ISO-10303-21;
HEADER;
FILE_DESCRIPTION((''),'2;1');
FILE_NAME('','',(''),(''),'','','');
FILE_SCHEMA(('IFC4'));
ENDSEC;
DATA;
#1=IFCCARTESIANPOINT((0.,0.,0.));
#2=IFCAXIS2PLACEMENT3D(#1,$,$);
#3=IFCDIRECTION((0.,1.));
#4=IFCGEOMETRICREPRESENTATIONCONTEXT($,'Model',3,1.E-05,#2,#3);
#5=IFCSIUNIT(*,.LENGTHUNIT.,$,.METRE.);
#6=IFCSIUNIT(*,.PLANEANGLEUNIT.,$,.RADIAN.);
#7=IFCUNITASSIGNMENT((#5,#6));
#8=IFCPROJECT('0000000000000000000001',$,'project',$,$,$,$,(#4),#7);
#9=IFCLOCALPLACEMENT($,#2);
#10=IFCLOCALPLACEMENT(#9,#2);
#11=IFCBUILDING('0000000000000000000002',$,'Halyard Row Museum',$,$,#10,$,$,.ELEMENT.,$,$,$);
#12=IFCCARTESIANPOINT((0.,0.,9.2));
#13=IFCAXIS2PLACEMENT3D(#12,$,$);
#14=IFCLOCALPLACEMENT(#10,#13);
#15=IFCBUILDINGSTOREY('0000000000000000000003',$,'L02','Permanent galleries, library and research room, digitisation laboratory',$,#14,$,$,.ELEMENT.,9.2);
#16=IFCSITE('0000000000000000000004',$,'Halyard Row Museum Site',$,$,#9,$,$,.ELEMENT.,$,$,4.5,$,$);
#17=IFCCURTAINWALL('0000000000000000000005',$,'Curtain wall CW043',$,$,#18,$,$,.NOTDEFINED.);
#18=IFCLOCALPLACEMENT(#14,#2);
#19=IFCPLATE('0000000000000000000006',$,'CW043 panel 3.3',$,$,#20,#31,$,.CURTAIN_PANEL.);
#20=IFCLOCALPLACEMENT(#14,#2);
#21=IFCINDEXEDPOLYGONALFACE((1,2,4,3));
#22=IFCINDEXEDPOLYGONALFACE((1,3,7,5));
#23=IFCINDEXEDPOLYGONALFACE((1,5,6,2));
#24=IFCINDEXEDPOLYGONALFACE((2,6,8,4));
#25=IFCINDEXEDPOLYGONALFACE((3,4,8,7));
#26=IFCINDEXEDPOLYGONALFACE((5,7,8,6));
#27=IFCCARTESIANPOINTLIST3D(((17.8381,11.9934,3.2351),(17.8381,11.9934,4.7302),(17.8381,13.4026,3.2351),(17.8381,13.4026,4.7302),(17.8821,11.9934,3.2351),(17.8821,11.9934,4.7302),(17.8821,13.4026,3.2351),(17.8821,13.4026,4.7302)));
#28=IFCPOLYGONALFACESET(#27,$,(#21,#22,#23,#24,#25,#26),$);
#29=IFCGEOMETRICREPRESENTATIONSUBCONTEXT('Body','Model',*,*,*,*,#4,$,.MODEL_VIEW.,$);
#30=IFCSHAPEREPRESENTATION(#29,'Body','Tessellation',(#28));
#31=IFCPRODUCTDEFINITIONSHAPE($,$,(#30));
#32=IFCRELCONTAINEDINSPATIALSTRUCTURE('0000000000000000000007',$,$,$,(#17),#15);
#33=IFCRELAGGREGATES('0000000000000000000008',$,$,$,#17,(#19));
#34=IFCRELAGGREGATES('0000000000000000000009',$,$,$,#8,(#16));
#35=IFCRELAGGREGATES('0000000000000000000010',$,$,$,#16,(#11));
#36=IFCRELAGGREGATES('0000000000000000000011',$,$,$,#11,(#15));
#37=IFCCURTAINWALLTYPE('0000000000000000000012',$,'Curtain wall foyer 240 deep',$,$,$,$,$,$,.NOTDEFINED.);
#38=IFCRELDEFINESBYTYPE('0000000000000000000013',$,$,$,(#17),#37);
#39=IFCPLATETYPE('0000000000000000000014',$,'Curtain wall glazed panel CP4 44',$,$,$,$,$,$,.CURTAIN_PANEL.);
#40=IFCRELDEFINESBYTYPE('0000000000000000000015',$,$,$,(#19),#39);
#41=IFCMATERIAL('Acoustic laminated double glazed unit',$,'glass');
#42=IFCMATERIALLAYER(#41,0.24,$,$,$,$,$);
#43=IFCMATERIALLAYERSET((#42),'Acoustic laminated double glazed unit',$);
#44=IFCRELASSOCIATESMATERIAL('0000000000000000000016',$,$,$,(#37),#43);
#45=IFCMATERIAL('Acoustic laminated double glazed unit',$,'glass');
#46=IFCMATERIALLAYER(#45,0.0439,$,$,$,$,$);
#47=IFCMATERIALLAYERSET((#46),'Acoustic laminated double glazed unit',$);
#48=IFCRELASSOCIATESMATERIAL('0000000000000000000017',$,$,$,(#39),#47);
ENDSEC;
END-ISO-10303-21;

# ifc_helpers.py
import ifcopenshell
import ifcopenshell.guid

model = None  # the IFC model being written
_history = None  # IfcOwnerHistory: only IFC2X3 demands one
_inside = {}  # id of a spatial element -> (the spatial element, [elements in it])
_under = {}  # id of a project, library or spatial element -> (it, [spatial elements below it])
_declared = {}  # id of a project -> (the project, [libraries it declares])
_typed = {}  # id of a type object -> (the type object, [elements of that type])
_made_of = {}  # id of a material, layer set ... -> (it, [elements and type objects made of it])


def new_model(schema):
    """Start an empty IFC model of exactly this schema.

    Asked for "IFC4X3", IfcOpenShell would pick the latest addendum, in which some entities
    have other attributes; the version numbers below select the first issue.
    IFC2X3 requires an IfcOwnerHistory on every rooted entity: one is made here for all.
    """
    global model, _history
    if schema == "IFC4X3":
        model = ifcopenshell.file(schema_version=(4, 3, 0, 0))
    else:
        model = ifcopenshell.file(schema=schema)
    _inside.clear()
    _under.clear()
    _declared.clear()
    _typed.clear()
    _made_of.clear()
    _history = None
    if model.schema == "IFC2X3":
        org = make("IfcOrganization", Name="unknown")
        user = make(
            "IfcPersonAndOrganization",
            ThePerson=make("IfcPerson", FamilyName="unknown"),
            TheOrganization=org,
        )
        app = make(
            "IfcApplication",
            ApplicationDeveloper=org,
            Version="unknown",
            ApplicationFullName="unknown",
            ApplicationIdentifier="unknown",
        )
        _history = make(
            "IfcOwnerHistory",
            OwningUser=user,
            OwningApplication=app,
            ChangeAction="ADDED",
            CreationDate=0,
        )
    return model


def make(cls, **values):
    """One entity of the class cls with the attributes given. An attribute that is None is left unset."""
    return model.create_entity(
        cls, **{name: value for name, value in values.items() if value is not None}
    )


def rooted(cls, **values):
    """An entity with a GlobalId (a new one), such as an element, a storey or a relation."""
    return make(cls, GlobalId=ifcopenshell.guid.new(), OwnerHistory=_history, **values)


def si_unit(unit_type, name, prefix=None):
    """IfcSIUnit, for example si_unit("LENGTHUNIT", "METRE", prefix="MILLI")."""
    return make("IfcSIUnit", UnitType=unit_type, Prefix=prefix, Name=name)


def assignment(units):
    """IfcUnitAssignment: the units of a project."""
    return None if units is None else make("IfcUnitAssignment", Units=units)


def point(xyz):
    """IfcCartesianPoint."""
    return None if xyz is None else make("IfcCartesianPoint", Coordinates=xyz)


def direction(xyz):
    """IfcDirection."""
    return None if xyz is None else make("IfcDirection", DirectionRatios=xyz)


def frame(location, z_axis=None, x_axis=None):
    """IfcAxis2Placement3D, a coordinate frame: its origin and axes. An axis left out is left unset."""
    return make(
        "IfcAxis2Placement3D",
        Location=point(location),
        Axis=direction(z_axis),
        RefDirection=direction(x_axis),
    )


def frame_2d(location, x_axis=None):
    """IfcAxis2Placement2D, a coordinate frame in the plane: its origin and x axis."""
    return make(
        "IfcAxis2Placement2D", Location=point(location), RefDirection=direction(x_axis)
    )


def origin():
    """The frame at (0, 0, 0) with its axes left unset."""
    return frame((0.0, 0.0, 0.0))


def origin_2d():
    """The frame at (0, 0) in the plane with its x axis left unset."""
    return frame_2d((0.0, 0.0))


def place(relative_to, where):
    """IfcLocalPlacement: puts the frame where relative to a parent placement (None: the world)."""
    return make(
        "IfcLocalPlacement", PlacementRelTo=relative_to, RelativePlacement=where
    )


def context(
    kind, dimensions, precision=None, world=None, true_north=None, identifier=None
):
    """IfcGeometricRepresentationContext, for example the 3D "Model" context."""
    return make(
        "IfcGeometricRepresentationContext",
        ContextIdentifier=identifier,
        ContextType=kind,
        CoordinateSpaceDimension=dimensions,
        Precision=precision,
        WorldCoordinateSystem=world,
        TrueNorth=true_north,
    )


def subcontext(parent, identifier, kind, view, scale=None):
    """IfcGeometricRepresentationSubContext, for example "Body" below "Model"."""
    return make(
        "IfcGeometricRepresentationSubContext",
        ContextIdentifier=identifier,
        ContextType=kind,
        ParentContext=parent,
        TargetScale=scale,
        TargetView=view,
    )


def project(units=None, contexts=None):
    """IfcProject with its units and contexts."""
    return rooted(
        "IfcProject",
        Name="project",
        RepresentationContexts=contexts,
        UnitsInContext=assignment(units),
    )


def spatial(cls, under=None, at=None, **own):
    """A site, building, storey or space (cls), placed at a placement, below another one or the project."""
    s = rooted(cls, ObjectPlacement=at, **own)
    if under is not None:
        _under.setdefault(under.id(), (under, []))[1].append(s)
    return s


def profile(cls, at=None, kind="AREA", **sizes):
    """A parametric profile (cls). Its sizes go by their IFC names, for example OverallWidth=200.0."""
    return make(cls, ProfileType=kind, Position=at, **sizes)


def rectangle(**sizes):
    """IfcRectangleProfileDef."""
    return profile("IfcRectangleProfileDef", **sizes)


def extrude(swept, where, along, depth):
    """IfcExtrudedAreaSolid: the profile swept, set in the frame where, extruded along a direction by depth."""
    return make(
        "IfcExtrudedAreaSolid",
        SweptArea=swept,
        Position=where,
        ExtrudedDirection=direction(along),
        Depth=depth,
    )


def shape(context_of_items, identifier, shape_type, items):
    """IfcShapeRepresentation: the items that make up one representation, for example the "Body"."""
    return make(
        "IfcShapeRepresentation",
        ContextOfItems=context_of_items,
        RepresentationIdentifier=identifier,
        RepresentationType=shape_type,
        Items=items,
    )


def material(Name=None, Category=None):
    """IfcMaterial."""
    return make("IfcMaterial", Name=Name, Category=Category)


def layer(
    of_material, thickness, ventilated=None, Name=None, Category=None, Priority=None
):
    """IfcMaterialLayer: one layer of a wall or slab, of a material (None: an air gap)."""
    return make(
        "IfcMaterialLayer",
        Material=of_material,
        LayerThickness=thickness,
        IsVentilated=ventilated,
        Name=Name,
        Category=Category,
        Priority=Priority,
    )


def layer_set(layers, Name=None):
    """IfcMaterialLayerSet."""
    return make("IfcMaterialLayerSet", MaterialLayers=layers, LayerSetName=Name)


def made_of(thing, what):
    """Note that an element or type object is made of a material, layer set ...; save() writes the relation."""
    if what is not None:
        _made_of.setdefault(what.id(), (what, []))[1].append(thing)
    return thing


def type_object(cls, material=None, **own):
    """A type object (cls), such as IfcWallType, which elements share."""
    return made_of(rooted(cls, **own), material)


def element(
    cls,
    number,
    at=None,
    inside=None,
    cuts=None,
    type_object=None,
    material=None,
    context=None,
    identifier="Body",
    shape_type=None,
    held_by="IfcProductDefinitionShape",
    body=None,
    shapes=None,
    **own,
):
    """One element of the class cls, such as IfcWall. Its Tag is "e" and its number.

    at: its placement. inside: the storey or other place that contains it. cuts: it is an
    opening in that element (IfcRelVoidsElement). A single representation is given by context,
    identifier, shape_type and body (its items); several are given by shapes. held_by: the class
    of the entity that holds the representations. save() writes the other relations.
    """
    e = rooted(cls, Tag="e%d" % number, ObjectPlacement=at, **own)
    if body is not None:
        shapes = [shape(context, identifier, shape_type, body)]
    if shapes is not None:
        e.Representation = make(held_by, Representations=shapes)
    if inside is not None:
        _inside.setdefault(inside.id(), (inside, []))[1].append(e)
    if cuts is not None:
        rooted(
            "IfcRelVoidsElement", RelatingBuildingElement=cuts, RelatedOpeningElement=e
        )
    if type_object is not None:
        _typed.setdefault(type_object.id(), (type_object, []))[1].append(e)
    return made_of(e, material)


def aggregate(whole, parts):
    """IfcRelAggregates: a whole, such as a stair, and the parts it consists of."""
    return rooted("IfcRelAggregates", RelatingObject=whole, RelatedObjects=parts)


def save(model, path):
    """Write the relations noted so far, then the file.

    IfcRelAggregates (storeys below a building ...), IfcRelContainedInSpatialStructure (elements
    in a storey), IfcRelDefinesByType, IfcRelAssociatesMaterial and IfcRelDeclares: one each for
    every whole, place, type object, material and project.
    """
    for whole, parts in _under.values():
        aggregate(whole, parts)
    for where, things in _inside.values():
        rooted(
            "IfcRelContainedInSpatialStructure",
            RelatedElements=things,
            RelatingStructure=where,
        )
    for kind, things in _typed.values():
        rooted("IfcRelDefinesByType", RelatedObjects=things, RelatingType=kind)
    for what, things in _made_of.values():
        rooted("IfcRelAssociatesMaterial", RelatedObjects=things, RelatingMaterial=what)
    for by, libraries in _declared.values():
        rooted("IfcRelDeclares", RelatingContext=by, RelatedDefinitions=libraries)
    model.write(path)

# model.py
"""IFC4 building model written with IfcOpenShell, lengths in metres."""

from ifc_helpers import new_model, si_unit, direction, frame, origin, origin_2d, place, context, subcontext, project, spatial, rectangle, extrude, material, layer, layer_set, type_object, element, aggregate, save


model = new_model("IFC4")

# Units and contexts
model_context = context("Model", 3, precision=1e-05, world=origin(), true_north=direction((0.0, 1.0)))
body_context = subcontext(model_context, "Body", "Model", "MODEL_VIEW")
ifc_project = project(units=[si_unit("LENGTHUNIT", "METRE"), si_unit("PLANEANGLEUNIT", "RADIAN")], contexts=[model_context])

# Site, building, storey
site_placement = place(None, origin())
site = spatial("IfcSite", under=ifc_project, at=site_placement, Name="Halyard Row Museum Site", CompositionType="ELEMENT", RefElevation=4.5)
building_placement = place(site_placement, origin())
building = spatial("IfcBuilding", under=site, at=building_placement, Name="Halyard Row Museum", CompositionType="ELEMENT")
storey_placement = place(building_placement, frame((0.0, 0.0, 9.2)))
storey = spatial("IfcBuildingStorey", under=building, at=storey_placement, Name="L02", Description="Permanent galleries, library and research room, digitisation laboratory", CompositionType="ELEMENT", Elevation=9.2)

# Curtain wall
ifc_material_1 = material(Name="Acoustic laminated double glazed unit", Category="glass")
ifc_layer_1 = layer(ifc_material_1, 0.24)
ifc_layer_set_1 = layer_set([ifc_layer_1], Name="Acoustic laminated double glazed unit")
curtain_wall_type = type_object("IfcCurtainWallType", Name="Curtain wall foyer 240 deep", PredefinedType="NOTDEFINED", material=ifc_layer_set_1)
curtain_wall_placement = place(storey_placement, origin())
curtain_wall = element("IfcCurtainWall", 1, at=curtain_wall_placement, inside=storey, type_object=curtain_wall_type, Name="Curtain wall CW043", PredefinedType="NOTDEFINED")

# Plate
ifc_material_2 = material(Name="Acoustic laminated double glazed unit", Category="glass")
ifc_layer_2 = layer(ifc_material_2, 0.0439)
ifc_layer_set_2 = layer_set([ifc_layer_2], Name="Acoustic laminated double glazed unit")
plate_type = type_object("IfcPlateType", Name="Curtain wall glazed panel CP4 44", PredefinedType="CURTAIN_PANEL", material=ifc_layer_set_2)
plate_1_placement = place(storey_placement, frame((17.8601, 12.698, 3.2351), z_axis=(0.0, 0.0, 1.0), x_axis=(0.0, 1.0, 0.0)))
plate_1 = element("IfcPlate", 2, at=plate_1_placement, type_object=plate_type, Name="CW043 panel 3.3", PredefinedType="CURTAIN_PANEL", context=body_context, shape_type="SweptSolid", body=[
    extrude(rectangle(XDim=1.4092, YDim=0.0439, at=origin_2d()), origin(), (0.0, 0.0, 1.0), 1.4951),
])
aggregate(curtain_wall, [plate_1])

save(model, "model.ifc")
